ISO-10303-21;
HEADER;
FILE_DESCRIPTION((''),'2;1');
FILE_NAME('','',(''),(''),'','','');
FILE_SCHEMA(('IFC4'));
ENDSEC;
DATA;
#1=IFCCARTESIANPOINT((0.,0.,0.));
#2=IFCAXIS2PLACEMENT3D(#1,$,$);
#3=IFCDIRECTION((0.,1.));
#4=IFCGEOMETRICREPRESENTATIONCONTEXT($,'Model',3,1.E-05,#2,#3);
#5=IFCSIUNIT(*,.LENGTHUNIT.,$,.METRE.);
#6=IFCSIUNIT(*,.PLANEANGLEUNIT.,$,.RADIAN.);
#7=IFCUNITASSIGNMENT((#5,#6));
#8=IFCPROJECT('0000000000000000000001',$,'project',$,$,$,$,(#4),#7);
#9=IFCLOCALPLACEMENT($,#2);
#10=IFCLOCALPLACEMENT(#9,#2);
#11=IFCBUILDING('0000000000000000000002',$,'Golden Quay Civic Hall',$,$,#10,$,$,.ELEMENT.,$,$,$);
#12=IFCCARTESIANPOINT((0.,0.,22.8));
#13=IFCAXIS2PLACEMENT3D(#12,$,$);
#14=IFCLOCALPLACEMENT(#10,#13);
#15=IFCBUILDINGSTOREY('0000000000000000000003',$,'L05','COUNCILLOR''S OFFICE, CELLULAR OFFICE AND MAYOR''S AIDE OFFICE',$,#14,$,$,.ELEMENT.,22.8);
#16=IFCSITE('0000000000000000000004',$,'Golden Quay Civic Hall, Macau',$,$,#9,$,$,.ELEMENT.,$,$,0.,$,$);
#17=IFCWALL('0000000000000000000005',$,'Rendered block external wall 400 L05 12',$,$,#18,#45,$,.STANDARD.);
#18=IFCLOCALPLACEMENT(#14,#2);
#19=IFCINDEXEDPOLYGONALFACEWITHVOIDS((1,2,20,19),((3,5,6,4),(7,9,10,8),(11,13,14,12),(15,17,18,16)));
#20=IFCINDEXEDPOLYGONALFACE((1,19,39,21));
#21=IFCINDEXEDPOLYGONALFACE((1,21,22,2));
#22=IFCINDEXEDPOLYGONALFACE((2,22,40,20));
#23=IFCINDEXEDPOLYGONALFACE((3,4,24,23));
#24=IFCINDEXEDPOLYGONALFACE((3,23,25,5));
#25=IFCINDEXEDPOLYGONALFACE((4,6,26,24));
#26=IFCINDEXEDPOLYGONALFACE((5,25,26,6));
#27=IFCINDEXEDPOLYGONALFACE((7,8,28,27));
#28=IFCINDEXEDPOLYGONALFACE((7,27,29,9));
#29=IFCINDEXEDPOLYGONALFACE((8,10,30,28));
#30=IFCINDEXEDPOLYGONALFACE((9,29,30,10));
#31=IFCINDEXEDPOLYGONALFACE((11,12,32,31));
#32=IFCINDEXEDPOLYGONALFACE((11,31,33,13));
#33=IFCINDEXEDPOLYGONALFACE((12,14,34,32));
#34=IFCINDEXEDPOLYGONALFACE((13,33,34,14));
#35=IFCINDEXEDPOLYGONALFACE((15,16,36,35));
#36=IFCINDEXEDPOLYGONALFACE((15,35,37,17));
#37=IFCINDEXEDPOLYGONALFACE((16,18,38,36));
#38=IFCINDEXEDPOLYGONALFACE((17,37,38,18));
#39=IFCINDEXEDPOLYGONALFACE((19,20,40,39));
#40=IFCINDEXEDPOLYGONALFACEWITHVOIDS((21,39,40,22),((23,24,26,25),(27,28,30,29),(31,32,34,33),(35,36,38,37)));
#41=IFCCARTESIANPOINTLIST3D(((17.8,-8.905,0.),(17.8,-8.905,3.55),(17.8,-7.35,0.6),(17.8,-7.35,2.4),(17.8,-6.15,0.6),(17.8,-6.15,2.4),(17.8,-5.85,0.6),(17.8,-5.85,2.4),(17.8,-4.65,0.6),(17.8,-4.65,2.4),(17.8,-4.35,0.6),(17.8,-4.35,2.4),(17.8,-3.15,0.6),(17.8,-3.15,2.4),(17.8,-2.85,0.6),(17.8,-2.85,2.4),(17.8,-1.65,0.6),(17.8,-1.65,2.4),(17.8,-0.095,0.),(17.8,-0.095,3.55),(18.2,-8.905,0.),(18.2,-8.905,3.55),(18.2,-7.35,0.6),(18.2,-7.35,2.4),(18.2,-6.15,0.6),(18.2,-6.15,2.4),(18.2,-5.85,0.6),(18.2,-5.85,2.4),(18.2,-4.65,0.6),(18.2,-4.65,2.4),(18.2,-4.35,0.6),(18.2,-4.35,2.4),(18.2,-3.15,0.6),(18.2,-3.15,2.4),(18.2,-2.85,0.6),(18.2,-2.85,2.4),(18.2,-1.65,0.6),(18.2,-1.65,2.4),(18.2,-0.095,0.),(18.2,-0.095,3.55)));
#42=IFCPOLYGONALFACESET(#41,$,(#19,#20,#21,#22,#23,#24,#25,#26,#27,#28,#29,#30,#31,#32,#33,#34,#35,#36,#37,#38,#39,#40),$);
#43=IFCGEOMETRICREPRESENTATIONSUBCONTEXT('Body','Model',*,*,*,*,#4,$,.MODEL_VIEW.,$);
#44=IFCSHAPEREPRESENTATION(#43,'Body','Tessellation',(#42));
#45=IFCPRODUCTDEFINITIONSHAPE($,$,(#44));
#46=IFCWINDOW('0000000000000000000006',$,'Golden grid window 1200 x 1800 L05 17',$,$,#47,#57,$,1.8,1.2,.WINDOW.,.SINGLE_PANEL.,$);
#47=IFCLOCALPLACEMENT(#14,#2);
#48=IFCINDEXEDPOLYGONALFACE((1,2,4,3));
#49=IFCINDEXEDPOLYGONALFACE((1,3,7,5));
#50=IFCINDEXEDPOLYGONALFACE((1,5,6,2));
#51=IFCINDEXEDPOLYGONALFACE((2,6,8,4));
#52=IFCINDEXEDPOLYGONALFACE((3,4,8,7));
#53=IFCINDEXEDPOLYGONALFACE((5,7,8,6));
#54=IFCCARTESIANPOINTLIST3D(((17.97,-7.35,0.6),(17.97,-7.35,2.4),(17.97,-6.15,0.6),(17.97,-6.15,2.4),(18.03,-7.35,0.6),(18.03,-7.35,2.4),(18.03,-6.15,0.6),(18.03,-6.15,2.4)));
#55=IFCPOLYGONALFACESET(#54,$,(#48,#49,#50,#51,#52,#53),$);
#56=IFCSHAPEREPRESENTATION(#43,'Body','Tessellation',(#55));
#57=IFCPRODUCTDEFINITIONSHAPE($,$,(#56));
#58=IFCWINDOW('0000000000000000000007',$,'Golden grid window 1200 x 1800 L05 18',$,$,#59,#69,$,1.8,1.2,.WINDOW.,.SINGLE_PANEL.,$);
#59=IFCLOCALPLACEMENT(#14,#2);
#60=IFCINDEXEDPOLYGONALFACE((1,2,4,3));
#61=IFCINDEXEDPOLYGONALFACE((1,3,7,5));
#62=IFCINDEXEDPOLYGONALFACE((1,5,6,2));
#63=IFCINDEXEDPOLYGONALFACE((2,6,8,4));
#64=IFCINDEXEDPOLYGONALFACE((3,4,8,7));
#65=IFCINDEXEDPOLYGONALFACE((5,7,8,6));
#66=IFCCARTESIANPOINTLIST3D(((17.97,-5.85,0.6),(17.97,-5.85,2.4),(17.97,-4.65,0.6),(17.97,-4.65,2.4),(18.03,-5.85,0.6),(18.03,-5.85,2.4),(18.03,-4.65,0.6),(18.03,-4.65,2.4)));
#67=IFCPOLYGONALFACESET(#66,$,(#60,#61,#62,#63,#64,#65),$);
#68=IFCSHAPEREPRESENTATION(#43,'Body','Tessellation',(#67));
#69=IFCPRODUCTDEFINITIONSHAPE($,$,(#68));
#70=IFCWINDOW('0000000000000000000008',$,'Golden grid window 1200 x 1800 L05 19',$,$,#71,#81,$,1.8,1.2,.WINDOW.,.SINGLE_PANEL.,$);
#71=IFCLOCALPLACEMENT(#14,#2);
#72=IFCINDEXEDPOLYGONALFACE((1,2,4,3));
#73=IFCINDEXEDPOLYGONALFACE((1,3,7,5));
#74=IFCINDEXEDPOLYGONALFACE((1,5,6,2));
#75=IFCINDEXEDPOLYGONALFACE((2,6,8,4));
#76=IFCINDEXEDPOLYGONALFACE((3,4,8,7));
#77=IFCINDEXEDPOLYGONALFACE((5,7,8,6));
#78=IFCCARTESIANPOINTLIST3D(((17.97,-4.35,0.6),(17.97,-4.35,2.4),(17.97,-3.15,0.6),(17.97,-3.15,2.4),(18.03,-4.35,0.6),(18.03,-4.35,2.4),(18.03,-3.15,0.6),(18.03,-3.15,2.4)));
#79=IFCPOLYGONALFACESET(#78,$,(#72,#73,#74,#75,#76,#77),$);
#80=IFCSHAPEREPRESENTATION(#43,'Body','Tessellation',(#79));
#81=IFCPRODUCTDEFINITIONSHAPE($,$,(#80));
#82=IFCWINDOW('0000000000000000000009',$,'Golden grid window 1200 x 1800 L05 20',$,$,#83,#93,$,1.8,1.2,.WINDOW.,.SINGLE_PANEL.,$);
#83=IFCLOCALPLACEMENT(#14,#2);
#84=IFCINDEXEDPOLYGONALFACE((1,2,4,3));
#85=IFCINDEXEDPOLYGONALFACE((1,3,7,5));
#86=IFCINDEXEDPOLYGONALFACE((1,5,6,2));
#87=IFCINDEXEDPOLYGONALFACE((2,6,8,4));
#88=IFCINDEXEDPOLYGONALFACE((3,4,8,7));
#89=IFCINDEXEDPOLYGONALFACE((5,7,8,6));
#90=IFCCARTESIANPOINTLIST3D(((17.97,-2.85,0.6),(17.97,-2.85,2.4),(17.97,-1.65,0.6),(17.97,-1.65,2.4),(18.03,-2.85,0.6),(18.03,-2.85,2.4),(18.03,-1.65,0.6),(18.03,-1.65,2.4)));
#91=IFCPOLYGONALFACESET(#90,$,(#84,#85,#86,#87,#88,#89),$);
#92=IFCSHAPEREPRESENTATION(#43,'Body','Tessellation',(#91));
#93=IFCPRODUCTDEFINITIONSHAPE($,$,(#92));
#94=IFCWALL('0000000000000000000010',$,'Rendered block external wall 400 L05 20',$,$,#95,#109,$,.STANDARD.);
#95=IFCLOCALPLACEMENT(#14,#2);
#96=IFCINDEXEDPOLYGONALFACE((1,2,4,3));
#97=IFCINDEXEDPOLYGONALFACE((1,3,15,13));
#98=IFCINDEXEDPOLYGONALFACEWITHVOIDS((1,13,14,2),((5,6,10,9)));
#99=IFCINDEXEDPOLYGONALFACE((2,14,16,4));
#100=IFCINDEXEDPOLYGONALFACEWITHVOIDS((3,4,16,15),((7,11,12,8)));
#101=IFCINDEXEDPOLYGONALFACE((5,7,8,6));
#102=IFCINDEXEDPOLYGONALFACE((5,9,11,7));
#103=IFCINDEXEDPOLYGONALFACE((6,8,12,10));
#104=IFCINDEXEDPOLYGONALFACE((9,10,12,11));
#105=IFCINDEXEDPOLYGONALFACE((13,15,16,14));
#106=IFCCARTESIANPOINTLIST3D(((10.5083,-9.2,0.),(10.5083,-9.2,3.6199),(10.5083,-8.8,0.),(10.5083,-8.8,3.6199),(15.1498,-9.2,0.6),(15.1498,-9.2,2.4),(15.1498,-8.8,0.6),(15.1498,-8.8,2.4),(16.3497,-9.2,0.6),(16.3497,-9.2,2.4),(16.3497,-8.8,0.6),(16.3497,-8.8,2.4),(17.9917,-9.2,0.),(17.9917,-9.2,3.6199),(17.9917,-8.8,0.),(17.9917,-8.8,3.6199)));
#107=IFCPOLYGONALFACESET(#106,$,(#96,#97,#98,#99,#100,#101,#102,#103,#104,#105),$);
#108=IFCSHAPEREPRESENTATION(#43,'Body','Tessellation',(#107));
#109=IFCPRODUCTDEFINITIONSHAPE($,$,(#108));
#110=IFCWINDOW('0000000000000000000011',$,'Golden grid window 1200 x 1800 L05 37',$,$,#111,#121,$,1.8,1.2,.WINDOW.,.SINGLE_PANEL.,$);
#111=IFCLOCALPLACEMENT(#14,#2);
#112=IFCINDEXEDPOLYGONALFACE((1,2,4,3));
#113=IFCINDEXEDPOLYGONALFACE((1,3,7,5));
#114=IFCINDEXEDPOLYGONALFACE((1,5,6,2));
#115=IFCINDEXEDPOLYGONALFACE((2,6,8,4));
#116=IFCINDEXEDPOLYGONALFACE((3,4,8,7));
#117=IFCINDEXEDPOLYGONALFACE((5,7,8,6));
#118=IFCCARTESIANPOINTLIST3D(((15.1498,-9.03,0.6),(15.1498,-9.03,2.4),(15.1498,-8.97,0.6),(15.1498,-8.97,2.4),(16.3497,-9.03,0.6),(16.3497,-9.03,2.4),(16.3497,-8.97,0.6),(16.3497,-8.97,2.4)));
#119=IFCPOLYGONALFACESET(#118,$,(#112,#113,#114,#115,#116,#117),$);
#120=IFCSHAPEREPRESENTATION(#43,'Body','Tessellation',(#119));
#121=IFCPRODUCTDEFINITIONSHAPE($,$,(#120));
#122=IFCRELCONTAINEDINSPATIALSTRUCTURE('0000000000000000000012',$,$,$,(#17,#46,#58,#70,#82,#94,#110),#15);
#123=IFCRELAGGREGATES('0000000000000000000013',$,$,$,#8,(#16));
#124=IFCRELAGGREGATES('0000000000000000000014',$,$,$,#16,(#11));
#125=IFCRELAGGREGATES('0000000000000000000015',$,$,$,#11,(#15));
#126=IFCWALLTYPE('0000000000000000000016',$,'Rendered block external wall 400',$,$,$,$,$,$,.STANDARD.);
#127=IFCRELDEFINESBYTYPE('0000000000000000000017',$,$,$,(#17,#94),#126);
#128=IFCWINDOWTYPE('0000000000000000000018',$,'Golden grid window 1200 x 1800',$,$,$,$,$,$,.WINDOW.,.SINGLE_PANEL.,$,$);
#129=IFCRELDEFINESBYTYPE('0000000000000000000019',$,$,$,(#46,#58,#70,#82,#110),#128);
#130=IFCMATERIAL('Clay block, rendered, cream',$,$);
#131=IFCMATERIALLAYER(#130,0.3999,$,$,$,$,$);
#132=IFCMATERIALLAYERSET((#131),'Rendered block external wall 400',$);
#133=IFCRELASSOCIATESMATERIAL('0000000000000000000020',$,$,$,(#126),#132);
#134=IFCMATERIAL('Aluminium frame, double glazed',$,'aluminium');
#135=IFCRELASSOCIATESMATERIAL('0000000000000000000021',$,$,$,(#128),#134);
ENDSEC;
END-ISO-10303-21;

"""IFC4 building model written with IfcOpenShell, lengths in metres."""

from ifc_helpers import new_model, si_unit, direction, frame, frame_2d, origin, place, context, subcontext, project, spatial, rectangle, extrude, material, layer, layer_set, type_object, element, fill, save


model = new_model("IFC4")

# Units and contexts
model_context = context("Model", 3, precision=1e-05, world=origin(), true_north=direction((0.0, 1.0)))
body_context = subcontext(model_context, "Body", "Model", "MODEL_VIEW")
ifc_project = project(units=[si_unit("LENGTHUNIT", "METRE"), si_unit("PLANEANGLEUNIT", "RADIAN")], contexts=[model_context])

# Site, building, storey
site_placement = place(None, origin())
site = spatial("IfcSite", under=ifc_project, at=site_placement, Name="Golden Quay Civic Hall, Macau", CompositionType="ELEMENT", RefElevation=0.0)
building_placement = place(site_placement, origin())
building = spatial("IfcBuilding", under=site, at=building_placement, Name="Golden Quay Civic Hall", CompositionType="ELEMENT")
storey_placement = place(building_placement, frame((0.0, 0.0, 22.8)))
storey = spatial("IfcBuildingStorey", under=building, at=storey_placement, Name="L05", Description="COUNCILLOR'S OFFICE, CELLULAR OFFICE AND MAYOR'S AIDE OFFICE", CompositionType="ELEMENT", Elevation=22.8)

# Wall, openings, windows
ifc_material_1 = material(Name="Clay block, rendered, cream")
ifc_layer = layer(ifc_material_1, 0.3999)
ifc_layer_set = layer_set([ifc_layer], Name="Rendered block external wall 400")
wall_type = type_object("IfcWallType", Name="Rendered block external wall 400", PredefinedType="STANDARD", material=ifc_layer_set)
wall_1_placement = place(storey_placement, frame((18.0, -0.095, 0.0), z_axis=(0.0, 0.0, 1.0), x_axis=(0.0, -1.0, 0.0)))
wall_1 = element("IfcWall", 1, at=wall_1_placement, inside=storey, type_object=wall_type, Name="Rendered block external wall 400 L05 12", PredefinedType="STANDARD", context=body_context, shape_type="SweptSolid", body=[
    extrude(rectangle(XDim=8.8101, YDim=0.3999, at=frame_2d((4.405, 0.0))), origin(), (0.0, 0.0, 1.0), 3.55),
])
opening_1_placement = place(wall_1_placement, frame((6.0549, 0.0, 0.6001)))
opening_1 = element("IfcOpeningElement", 2, at=opening_1_placement, cuts=wall_1, PredefinedType="OPENING", context=body_context, shape_type="SweptSolid", body=[
    extrude(rectangle(XDim=1.2, YDim=1.8, at=frame_2d((0.6001, 0.8999))), frame((0.0, 0.21, 0.0), z_axis=(0.0, -1.0, 0.0), x_axis=(1.0, 0.0, 0.0)), (0.0, 0.0, 1.0), 0.4199),
])
opening_2_placement = place(wall_1_placement, frame((4.5549, 0.0, 0.6001)))
opening_2 = element("IfcOpeningElement", 3, at=opening_2_placement, cuts=wall_1, PredefinedType="OPENING", context=body_context, shape_type="SweptSolid", body=[
    extrude(rectangle(XDim=1.2, YDim=1.8, at=frame_2d((0.6001, 0.8999))), frame((0.0, 0.21, 0.0), z_axis=(0.0, -1.0, 0.0), x_axis=(1.0, 0.0, 0.0)), (0.0, 0.0, 1.0), 0.4199),
])
opening_3_placement = place(wall_1_placement, frame((3.0549, 0.0, 0.6001)))
opening_3 = element("IfcOpeningElement", 4, at=opening_3_placement, cuts=wall_1, PredefinedType="OPENING", context=body_context, shape_type="SweptSolid", body=[
    extrude(rectangle(XDim=1.2, YDim=1.8, at=frame_2d((0.6001, 0.8999))), frame((0.0, 0.21, 0.0), z_axis=(0.0, -1.0, 0.0), x_axis=(1.0, 0.0, 0.0)), (0.0, 0.0, 1.0), 0.4199),
])
opening_4_placement = place(wall_1_placement, frame((1.5549, 0.0, 0.6001)))
opening_4 = element("IfcOpeningElement", 5, at=opening_4_placement, cuts=wall_1, PredefinedType="OPENING", context=body_context, shape_type="SweptSolid", body=[
    extrude(rectangle(XDim=1.2, YDim=1.8, at=frame_2d((0.6001, 0.8999))), frame((0.0, 0.21, 0.0), z_axis=(0.0, -1.0, 0.0), x_axis=(1.0, 0.0, 0.0)), (0.0, 0.0, 1.0), 0.4199),
])
ifc_material_2 = material(Name="Aluminium frame, double glazed", Category="aluminium")
window_type = type_object("IfcWindowType", Name="Golden grid window 1200 x 1800", PartitioningType="SINGLE_PANEL", PredefinedType="WINDOW", material=ifc_material_2)
window_1_placement = place(opening_1_placement, origin())
window_1 = element("IfcWindow", 6, at=window_1_placement, inside=storey, type_object=window_type, Name="Golden grid window 1200 x 1800 L05 17", OverallHeight=1.8, OverallWidth=1.2, PartitioningType="SINGLE_PANEL", PredefinedType="WINDOW", context=body_context, shape_type="SweptSolid", body=[
    extrude(rectangle(XDim=1.2, YDim=1.8, at=frame_2d((0.6001, 0.8999))), frame((0.0, 0.03, 0.0), z_axis=(0.0, -1.0, 0.0), x_axis=(1.0, 0.0, 0.0)), (0.0, 0.0, 1.0), 0.0601),
])
fill(opening_1, window_1)
window_2_placement = place(opening_2_placement, origin())
window_2 = element("IfcWindow", 7, at=window_2_placement, inside=storey, type_object=window_type, Name="Golden grid window 1200 x 1800 L05 18", OverallHeight=1.8, OverallWidth=1.2, PartitioningType="SINGLE_PANEL", PredefinedType="WINDOW", context=body_context, shape_type="SweptSolid", body=[
    extrude(rectangle(XDim=1.2, YDim=1.8, at=frame_2d((0.6001, 0.8999))), frame((0.0, 0.03, 0.0), z_axis=(0.0, -1.0, 0.0), x_axis=(1.0, 0.0, 0.0)), (0.0, 0.0, 1.0), 0.0601),
])
fill(opening_2, window_2)
window_3_placement = place(opening_3_placement, origin())
window_3 = element("IfcWindow", 8, at=window_3_placement, inside=storey, type_object=window_type, Name="Golden grid window 1200 x 1800 L05 19", OverallHeight=1.8, OverallWidth=1.2, PartitioningType="SINGLE_PANEL", PredefinedType="WINDOW", context=body_context, shape_type="SweptSolid", body=[
    extrude(rectangle(XDim=1.2, YDim=1.8, at=frame_2d((0.6001, 0.8999))), frame((0.0, 0.03, 0.0), z_axis=(0.0, -1.0, 0.0), x_axis=(1.0, 0.0, 0.0)), (0.0, 0.0, 1.0), 0.0601),
])
fill(opening_3, window_3)
window_4_placement = place(opening_4_placement, origin())
window_4 = element("IfcWindow", 9, at=window_4_placement, inside=storey, type_object=window_type, Name="Golden grid window 1200 x 1800 L05 20", OverallHeight=1.8, OverallWidth=1.2, PartitioningType="SINGLE_PANEL", PredefinedType="WINDOW", context=body_context, shape_type="SweptSolid", body=[
    extrude(rectangle(XDim=1.2, YDim=1.8, at=frame_2d((0.6001, 0.8999))), frame((0.0, 0.03, 0.0), z_axis=(0.0, -1.0, 0.0), x_axis=(1.0, 0.0, 0.0)), (0.0, 0.0, 1.0), 0.0601),
])
fill(opening_4, window_4)

# Wall, opening, window
wall_2_placement = place(storey_placement, frame((17.9917, -9.0, 0.0), z_axis=(0.0, 0.0, 1.0), x_axis=(-1.0, 0.0, 0.0)))
wall_2 = element("IfcWall", 10, at=wall_2_placement, inside=storey, type_object=wall_type, Name="Rendered block external wall 400 L05 20", PredefinedType="STANDARD", context=body_context, shape_type="SweptSolid", body=[
    extrude(rectangle(XDim=7.4834, YDim=0.3999, at=frame_2d((3.7417, 0.0))), origin(), (0.0, 0.0, 1.0), 3.6199),
])
opening_5_placement = place(wall_2_placement, frame((1.6418, 0.0, 0.6001)))
opening_5 = element("IfcOpeningElement", 11, at=opening_5_placement, cuts=wall_2, PredefinedType="OPENING", context=body_context, shape_type="SweptSolid", body=[
    extrude(rectangle(XDim=1.2, YDim=1.8, at=frame_2d((0.6001, 0.8999))), frame((0.0, 0.21, 0.0), z_axis=(0.0, -1.0, 0.0), x_axis=(1.0, 0.0, 0.0)), (0.0, 0.0, 1.0), 0.4199),
])
window_5_placement = place(opening_5_placement, origin())
window_5 = element("IfcWindow", 12, at=window_5_placement, inside=storey, type_object=window_type, Name="Golden grid window 1200 x 1800 L05 37", OverallHeight=1.8, OverallWidth=1.2, PartitioningType="SINGLE_PANEL", PredefinedType="WINDOW", context=body_context, shape_type="SweptSolid", body=[
    extrude(rectangle(XDim=1.2, YDim=1.8, at=frame_2d((0.6001, 0.8999))), frame((0.0, 0.03, 0.0), z_axis=(0.0, -1.0, 0.0), x_axis=(1.0, 0.0, 0.0)), (0.0, 0.0, 1.0), 0.0601),
])
fill(opening_5, window_5)

save(model, "model.ifc")
